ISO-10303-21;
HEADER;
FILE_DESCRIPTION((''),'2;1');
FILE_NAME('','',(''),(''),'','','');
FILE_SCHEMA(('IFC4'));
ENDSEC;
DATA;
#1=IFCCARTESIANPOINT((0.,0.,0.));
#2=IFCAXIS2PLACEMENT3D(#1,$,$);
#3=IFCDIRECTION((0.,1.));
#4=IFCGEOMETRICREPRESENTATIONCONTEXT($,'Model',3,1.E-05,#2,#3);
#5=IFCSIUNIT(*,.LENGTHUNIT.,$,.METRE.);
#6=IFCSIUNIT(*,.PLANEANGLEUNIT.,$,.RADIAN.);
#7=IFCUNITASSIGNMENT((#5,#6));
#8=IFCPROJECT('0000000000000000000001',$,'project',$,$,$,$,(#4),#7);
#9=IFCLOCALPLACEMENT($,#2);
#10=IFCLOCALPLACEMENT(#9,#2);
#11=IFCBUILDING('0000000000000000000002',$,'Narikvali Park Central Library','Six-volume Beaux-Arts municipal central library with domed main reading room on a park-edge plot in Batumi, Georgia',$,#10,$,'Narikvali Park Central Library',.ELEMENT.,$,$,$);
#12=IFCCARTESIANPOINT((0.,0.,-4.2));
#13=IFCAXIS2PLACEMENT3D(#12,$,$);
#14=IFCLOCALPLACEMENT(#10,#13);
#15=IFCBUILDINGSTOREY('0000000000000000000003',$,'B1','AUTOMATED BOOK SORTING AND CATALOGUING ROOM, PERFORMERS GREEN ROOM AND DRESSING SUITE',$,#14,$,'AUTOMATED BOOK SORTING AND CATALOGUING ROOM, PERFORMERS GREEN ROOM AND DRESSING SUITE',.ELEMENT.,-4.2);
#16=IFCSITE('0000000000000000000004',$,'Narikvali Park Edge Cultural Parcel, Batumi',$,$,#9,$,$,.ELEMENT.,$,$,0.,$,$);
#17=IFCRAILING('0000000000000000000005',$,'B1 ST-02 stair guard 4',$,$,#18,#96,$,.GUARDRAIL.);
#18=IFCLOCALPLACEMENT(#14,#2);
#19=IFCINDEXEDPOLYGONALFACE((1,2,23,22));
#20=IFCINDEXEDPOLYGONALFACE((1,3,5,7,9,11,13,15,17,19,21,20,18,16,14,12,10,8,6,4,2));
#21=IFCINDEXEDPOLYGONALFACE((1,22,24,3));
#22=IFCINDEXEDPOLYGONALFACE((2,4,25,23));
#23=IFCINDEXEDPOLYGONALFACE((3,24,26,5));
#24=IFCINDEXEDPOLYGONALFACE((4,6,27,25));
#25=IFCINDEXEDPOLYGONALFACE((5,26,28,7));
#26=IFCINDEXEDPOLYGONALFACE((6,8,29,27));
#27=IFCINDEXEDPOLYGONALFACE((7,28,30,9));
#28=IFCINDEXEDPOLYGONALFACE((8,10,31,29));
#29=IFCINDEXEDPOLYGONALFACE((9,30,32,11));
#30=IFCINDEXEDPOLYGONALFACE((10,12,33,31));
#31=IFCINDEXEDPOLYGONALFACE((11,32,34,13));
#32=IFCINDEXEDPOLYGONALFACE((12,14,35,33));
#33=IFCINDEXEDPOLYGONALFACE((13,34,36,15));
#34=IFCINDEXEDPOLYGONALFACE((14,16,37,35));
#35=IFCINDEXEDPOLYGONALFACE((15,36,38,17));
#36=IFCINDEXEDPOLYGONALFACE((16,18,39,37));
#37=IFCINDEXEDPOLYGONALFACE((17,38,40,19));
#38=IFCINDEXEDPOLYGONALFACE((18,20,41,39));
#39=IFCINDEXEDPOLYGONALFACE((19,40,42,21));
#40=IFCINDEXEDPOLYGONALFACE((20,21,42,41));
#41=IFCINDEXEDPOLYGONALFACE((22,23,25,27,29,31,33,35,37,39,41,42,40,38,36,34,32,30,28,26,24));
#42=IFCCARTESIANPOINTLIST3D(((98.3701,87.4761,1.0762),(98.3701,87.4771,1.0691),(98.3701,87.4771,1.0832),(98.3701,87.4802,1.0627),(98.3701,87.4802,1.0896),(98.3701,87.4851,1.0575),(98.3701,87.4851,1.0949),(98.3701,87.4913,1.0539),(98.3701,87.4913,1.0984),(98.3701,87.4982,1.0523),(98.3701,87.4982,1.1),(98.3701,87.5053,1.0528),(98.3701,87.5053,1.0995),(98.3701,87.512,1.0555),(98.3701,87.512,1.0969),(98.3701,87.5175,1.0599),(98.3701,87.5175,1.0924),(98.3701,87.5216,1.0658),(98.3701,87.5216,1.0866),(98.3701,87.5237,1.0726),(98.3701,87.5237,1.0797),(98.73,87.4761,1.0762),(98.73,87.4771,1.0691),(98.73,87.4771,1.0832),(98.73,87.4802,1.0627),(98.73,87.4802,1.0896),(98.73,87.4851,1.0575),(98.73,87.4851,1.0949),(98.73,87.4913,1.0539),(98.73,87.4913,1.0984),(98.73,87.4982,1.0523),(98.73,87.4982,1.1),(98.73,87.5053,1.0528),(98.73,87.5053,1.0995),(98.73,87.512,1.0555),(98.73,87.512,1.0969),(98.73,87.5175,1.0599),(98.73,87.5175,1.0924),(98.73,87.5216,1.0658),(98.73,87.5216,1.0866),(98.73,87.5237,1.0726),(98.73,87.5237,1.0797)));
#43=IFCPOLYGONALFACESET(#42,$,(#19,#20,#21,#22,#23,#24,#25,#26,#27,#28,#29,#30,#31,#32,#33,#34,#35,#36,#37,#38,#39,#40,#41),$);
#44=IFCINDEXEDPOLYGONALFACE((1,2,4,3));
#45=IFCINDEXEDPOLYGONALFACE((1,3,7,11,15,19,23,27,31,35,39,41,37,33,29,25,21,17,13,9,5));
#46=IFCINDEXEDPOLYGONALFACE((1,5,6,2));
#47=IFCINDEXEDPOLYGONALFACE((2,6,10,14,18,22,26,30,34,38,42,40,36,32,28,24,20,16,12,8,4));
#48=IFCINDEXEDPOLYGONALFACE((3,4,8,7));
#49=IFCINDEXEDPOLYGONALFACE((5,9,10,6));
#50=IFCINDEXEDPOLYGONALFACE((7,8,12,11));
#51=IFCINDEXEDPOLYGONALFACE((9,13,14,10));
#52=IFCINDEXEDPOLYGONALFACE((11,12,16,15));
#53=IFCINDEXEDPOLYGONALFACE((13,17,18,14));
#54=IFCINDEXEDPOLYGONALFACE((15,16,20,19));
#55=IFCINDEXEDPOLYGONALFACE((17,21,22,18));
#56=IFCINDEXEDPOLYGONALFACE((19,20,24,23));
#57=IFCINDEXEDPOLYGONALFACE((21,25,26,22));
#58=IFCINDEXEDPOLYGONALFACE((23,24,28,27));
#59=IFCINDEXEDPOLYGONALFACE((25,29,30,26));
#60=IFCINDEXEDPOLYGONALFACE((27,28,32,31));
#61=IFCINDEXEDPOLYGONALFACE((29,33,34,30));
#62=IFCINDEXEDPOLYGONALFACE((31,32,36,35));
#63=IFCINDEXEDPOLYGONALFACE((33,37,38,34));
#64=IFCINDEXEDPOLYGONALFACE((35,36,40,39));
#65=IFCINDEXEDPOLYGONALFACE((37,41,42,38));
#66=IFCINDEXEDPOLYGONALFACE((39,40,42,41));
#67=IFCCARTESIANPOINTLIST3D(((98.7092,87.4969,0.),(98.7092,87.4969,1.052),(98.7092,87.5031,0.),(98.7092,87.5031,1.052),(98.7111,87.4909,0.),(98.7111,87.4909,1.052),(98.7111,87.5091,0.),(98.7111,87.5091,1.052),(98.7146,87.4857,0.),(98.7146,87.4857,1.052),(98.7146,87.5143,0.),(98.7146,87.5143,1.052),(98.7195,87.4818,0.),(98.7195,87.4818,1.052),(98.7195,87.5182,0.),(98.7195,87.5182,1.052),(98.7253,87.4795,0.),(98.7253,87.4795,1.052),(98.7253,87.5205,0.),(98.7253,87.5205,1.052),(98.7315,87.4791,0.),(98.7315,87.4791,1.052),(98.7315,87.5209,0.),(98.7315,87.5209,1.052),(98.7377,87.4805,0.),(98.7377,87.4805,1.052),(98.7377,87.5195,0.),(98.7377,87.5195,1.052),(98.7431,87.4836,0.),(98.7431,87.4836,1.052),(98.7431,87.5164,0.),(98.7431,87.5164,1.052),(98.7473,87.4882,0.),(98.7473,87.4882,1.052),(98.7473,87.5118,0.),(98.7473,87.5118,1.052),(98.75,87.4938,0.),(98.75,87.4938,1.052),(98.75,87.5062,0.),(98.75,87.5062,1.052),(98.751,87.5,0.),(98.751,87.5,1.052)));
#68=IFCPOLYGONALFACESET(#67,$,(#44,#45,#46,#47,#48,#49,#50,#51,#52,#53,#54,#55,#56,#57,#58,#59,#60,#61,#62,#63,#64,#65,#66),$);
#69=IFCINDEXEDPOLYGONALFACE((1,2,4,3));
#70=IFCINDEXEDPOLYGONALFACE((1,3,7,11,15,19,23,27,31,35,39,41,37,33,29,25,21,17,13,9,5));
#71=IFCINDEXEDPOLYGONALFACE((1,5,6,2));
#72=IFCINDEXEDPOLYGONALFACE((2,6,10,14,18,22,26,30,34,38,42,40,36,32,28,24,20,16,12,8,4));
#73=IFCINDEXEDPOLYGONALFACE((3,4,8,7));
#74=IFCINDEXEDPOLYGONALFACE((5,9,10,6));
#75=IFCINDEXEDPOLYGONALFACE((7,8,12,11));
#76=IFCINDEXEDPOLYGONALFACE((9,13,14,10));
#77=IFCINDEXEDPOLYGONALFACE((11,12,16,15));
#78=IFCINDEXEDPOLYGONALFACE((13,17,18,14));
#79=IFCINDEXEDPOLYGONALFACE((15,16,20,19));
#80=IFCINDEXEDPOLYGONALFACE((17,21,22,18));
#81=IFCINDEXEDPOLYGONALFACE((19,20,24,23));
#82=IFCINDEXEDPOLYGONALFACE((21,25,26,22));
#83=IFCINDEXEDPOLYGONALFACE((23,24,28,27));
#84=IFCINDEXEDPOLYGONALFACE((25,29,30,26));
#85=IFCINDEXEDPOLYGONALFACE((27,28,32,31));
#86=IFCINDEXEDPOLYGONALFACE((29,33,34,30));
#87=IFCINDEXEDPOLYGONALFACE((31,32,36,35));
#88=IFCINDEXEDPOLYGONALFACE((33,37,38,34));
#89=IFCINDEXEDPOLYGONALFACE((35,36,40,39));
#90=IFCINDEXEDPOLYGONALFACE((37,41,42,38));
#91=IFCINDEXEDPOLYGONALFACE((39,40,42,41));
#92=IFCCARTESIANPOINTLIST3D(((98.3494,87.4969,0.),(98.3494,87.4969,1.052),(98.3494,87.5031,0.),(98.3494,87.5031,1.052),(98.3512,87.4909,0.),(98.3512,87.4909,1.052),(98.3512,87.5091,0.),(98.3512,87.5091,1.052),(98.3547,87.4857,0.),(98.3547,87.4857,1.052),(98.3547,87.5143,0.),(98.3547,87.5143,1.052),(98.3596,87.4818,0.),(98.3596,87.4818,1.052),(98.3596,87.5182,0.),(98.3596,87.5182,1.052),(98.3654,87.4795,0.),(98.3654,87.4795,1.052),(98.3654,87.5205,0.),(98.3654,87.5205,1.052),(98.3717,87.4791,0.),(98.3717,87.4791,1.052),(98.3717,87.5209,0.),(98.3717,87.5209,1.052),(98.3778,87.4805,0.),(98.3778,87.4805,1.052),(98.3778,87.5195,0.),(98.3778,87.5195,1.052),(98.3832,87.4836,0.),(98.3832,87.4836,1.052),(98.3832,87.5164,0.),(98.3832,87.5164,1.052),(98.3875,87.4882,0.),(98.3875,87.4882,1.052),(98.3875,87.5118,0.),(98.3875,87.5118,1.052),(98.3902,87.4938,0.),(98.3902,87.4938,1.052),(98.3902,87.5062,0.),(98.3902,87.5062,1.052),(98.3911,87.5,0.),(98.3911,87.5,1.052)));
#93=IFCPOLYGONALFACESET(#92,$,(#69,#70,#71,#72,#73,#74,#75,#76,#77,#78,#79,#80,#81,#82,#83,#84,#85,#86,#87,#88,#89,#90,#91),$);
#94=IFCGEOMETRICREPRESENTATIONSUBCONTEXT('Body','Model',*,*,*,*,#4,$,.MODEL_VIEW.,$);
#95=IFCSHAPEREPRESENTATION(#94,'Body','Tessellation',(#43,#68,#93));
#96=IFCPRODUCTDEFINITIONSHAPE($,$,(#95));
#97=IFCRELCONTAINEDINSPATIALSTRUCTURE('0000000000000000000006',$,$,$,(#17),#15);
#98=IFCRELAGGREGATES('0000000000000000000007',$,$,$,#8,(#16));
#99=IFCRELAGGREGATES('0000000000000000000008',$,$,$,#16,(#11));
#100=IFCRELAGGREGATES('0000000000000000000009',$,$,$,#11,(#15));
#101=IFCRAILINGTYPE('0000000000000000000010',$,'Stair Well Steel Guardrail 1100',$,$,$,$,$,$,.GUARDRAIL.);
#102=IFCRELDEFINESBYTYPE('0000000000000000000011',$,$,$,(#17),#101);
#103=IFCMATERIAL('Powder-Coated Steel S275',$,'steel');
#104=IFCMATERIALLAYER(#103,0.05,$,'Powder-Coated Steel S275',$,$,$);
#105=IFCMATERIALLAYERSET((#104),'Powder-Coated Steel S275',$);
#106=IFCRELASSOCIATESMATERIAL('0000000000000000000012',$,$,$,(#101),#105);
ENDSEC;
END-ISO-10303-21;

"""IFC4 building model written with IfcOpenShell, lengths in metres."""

from ifc_helpers import new_model, si_unit, direction, frame, origin, origin_2d, place, context, subcontext, project, spatial, circle, extrude, material, layer, layer_set, type_object, element, save


model = new_model("IFC4")

# Units and contexts
model_context = context("Model", 3, precision=1e-05, world=origin(), true_north=direction((0.0, 1.0)))
body_context = subcontext(model_context, "Body", "Model", "MODEL_VIEW")
ifc_project = project(units=[si_unit("LENGTHUNIT", "METRE"), si_unit("PLANEANGLEUNIT", "RADIAN")], contexts=[model_context])

# Site, building, storey
site_placement = place(None, origin())
site = spatial("IfcSite", under=ifc_project, at=site_placement, Name="Narikvali Park Edge Cultural Parcel, Batumi", CompositionType="ELEMENT", RefElevation=0.0)
building_placement = place(site_placement, origin())
building = spatial("IfcBuilding", under=site, at=building_placement, Name="Narikvali Park Central Library", Description="Six-volume Beaux-Arts municipal central library with domed main reading room on a park-edge plot in Batumi, Georgia", LongName="Narikvali Park Central Library", CompositionType="ELEMENT")
storey_placement = place(building_placement, frame((0.0, 0.0, -4.2)))
storey = spatial("IfcBuildingStorey", under=building, at=storey_placement, Name="B1", Description="AUTOMATED BOOK SORTING AND CATALOGUING ROOM, PERFORMERS GREEN ROOM AND DRESSING SUITE", LongName="AUTOMATED BOOK SORTING AND CATALOGUING ROOM, PERFORMERS GREEN ROOM AND DRESSING SUITE", CompositionType="ELEMENT", Elevation=-4.2)

# Railing
ifc_material_1 = material(Name="Powder-Coated Steel S275", Category="steel")
ifc_layer_1 = layer(ifc_material_1, 0.05, Name="Powder-Coated Steel S275")
ifc_layer_set_1 = layer_set([ifc_layer_1], Name="Powder-Coated Steel S275")
railing_type_1 = type_object("IfcRailingType", Name="Stair Well Steel Guardrail 1100", PredefinedType="GUARDRAIL", material=ifc_layer_set_1)
railing_1_placement = place(storey_placement, frame((98.73, 87.5, 0.0)))
element("IfcRailing", 1, at=railing_1_placement, inside=storey, type_object=railing_type_1, Name="B1 ST-02 stair guard 4", PredefinedType="GUARDRAIL", context=body_context, shape_type="SweptSolid", body=[
    extrude(circle(Radius=0.0239, at=origin_2d()), frame((0.0, 0.0, 1.0762), z_axis=(-1.0, 0.0, 0.0), x_axis=(0.0, -1.0, 0.0)), (0.0, 0.0, 1.0), 0.3599),
    extrude(circle(Radius=0.021, at=origin_2d()), origin(), (0.0, 0.0, 1.0), 1.052),
    extrude(circle(Radius=0.021, at=origin_2d()), frame((-0.3599, 0.0, 0.0)), (0.0, 0.0, 1.0), 1.052),
])

save(model, "model.ifc")
